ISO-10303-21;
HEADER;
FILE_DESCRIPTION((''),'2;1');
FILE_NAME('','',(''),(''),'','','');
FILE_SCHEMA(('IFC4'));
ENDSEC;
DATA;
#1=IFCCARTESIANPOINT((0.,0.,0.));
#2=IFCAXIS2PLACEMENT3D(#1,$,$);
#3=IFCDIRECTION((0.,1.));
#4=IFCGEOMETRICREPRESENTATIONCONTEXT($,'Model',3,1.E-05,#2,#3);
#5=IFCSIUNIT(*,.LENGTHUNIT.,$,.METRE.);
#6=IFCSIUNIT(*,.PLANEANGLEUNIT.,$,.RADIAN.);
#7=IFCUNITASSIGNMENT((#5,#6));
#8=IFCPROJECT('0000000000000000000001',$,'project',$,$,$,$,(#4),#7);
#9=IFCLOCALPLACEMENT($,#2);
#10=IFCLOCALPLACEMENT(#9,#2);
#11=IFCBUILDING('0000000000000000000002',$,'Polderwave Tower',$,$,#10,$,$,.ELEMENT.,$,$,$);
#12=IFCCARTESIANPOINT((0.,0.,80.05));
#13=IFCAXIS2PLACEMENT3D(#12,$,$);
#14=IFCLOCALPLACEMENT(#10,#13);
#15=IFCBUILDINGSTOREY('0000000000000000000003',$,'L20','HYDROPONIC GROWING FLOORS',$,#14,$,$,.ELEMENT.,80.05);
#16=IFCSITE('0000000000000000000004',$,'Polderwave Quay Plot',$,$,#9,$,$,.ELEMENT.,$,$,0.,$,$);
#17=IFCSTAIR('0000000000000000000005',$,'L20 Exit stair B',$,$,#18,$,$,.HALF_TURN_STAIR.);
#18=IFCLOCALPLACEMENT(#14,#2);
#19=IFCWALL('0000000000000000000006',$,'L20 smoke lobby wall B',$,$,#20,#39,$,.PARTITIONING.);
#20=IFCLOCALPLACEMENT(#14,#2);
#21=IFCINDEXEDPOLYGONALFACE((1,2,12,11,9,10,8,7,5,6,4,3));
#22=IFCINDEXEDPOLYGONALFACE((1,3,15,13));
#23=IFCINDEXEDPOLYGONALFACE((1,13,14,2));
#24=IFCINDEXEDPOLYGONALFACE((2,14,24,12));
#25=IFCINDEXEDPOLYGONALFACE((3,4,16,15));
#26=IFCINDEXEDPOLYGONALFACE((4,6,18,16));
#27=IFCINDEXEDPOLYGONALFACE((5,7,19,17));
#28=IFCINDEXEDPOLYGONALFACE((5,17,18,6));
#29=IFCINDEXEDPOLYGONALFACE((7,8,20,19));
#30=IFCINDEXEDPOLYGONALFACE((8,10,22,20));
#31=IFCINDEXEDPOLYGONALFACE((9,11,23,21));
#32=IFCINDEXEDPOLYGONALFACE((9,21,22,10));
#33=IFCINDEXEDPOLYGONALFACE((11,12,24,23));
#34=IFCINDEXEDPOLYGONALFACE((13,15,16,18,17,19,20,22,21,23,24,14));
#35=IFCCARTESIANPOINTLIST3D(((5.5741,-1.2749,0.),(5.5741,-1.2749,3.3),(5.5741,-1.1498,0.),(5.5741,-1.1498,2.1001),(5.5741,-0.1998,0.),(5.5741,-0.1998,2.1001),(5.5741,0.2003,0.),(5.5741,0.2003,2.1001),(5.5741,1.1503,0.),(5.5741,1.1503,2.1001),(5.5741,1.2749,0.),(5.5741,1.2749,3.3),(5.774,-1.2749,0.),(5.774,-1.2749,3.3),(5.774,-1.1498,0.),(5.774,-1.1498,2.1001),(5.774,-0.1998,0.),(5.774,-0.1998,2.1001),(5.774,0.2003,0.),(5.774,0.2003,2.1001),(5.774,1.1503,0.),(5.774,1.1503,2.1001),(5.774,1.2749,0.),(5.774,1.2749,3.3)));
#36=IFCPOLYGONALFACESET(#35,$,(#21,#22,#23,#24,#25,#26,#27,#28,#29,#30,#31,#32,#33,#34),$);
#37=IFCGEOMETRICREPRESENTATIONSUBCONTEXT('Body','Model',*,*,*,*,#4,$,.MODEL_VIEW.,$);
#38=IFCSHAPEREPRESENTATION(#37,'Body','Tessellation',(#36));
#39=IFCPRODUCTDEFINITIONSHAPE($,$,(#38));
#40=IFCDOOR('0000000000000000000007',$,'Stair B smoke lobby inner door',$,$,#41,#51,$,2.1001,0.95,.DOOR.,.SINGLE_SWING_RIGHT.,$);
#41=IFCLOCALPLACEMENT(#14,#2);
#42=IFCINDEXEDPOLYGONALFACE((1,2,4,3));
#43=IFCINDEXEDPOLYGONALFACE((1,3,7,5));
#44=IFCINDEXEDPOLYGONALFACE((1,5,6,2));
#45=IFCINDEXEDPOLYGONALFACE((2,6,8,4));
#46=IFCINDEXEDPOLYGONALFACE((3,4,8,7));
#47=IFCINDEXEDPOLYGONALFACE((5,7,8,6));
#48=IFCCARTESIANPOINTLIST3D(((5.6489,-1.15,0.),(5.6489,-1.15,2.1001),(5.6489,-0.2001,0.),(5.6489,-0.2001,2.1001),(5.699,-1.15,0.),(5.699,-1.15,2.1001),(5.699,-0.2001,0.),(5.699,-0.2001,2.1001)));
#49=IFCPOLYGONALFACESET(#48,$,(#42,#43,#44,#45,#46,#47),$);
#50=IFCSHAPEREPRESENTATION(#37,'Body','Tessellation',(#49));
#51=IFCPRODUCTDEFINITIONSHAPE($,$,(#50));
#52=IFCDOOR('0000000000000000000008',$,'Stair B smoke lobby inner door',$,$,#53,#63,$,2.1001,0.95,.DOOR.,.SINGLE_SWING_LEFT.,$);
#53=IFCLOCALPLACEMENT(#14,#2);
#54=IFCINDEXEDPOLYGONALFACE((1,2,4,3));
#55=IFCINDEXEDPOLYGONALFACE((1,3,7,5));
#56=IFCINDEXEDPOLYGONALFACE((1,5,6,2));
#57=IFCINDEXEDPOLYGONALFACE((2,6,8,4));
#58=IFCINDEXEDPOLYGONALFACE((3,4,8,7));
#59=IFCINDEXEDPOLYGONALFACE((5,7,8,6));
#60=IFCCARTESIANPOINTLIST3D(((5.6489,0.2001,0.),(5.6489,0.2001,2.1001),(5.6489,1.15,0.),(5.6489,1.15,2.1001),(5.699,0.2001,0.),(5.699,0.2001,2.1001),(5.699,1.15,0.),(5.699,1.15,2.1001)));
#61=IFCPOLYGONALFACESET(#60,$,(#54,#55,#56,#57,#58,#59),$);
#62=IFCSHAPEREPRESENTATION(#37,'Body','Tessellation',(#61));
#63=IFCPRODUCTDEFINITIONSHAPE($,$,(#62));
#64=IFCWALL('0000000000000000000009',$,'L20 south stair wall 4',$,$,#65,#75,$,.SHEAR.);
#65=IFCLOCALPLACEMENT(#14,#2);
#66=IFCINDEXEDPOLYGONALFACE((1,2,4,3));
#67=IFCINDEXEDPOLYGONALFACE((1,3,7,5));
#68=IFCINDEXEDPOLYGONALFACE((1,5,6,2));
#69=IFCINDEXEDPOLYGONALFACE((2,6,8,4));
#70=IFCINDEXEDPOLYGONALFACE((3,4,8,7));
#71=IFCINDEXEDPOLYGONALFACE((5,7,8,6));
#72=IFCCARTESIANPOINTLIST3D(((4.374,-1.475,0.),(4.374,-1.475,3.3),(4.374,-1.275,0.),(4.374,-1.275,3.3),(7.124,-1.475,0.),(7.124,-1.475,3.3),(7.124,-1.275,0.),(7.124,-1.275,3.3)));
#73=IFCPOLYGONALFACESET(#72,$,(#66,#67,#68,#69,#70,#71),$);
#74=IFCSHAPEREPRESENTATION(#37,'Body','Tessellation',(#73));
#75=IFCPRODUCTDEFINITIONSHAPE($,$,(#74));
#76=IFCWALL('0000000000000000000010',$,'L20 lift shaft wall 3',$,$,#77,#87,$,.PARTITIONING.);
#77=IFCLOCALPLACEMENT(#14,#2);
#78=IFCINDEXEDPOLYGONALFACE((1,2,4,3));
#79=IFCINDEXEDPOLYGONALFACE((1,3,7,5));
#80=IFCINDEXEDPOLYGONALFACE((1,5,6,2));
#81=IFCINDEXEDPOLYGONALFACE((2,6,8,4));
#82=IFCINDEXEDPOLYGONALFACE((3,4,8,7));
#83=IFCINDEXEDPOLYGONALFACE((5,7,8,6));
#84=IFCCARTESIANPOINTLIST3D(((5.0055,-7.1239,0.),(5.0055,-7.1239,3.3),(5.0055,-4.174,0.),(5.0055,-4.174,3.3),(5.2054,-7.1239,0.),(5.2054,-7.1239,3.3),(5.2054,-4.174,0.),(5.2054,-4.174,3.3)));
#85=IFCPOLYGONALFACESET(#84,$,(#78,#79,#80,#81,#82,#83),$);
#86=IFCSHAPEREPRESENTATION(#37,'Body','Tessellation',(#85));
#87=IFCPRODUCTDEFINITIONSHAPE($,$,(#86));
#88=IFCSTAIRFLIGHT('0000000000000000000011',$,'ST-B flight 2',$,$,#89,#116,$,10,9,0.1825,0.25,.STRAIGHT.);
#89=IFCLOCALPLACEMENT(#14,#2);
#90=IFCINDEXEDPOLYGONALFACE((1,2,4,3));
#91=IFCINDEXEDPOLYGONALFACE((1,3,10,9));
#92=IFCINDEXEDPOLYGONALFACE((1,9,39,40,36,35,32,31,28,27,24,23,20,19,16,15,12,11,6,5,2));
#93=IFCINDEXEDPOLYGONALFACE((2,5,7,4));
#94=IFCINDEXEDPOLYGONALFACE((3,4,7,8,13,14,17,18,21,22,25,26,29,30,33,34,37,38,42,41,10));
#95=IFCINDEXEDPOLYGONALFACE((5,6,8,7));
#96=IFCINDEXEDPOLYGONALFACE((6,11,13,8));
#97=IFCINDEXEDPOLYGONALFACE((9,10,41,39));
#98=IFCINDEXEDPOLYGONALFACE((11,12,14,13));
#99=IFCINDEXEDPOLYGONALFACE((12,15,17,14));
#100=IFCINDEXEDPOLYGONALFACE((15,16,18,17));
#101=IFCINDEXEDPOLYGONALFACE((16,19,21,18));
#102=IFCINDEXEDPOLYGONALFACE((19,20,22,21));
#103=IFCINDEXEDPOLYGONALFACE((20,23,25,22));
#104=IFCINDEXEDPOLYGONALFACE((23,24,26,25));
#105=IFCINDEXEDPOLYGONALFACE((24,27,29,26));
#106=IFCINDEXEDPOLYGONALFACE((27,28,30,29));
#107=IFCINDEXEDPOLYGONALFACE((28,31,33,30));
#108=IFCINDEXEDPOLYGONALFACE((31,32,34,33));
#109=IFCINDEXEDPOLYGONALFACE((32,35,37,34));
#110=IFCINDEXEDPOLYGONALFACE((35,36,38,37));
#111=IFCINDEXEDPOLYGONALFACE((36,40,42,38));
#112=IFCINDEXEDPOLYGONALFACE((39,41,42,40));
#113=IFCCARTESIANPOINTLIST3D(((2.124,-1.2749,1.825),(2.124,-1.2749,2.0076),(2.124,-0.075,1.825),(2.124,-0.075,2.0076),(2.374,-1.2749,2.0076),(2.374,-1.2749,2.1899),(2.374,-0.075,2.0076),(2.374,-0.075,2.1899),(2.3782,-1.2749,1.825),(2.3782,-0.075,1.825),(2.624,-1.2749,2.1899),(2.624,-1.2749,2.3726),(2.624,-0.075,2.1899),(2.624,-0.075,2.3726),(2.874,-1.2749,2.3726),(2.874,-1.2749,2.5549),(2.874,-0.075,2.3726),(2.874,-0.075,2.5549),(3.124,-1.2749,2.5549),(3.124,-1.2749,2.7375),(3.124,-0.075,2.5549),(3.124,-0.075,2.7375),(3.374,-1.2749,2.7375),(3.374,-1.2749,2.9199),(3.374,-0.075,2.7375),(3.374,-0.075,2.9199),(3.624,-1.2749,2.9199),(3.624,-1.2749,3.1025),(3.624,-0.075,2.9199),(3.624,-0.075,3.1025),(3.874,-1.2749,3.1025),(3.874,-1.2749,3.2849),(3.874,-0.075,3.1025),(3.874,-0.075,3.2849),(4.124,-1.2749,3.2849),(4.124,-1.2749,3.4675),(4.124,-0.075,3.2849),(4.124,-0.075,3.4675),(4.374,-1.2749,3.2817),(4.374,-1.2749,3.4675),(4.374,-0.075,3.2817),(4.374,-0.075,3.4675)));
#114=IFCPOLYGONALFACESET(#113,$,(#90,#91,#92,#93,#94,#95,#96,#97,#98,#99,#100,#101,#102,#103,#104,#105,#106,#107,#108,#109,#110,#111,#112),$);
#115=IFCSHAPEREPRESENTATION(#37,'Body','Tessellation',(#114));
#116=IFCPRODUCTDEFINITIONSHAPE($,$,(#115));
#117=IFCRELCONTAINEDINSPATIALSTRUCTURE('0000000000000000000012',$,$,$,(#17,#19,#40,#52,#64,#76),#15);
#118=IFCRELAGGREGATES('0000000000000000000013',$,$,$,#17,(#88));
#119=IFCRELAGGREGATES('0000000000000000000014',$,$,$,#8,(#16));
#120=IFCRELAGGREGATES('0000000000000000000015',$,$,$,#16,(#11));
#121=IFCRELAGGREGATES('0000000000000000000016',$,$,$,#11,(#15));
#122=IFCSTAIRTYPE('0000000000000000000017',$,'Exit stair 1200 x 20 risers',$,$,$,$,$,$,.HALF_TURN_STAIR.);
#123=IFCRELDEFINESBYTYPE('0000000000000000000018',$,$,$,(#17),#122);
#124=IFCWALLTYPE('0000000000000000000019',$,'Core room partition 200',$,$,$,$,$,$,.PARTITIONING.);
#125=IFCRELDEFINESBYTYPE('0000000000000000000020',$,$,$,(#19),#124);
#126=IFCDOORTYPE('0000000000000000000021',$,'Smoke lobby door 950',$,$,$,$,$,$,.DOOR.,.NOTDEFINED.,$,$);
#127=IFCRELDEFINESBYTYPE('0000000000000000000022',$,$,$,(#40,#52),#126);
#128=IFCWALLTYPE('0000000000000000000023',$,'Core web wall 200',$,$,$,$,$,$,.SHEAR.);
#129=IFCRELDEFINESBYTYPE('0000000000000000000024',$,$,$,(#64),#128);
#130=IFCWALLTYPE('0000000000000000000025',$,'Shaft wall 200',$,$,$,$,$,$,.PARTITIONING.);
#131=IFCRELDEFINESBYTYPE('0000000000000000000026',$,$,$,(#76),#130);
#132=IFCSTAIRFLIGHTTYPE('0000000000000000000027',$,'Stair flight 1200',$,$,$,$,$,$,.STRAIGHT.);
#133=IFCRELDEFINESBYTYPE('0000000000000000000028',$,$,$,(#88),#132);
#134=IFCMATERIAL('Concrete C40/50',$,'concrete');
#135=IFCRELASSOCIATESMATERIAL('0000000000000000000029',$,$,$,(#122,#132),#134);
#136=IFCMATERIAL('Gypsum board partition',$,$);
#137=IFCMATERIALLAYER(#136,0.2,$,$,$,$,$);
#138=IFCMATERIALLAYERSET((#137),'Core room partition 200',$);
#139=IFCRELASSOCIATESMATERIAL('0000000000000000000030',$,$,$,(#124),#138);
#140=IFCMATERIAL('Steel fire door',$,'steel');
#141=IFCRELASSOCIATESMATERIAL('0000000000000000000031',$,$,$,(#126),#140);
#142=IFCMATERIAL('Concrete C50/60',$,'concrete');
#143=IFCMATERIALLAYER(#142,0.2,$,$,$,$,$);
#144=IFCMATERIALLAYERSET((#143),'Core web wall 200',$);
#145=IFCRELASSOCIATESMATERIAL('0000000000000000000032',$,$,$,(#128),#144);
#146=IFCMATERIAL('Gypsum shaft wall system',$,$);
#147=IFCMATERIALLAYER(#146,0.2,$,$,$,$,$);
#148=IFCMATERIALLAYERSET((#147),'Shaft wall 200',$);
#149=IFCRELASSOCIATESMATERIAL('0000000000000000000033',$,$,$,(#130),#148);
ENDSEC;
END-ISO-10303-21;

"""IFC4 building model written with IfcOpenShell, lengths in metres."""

from ifc_helpers import new_model, si_unit, direction, frame, frame_2d, origin, place, context, subcontext, project, spatial, polyline, rectangle, outline, extrude, material, layer, layer_set, type_object, element, fill, aggregate, save


model = new_model("IFC4")

# Units and contexts
model_context = context("Model", 3, precision=1e-05, world=origin(), true_north=direction((0.0, 1.0)))
body_context = subcontext(model_context, "Body", "Model", "MODEL_VIEW")
ifc_project = project(units=[si_unit("LENGTHUNIT", "METRE"), si_unit("PLANEANGLEUNIT", "RADIAN")], contexts=[model_context])

# Site, building, storey
site_placement = place(None, origin())
site = spatial("IfcSite", under=ifc_project, at=site_placement, Name="Polderwave Quay Plot", CompositionType="ELEMENT", RefElevation=0.0)
building_placement = place(site_placement, origin())
building = spatial("IfcBuilding", under=site, at=building_placement, Name="Polderwave Tower", CompositionType="ELEMENT")
storey_placement = place(building_placement, frame((0.0, 0.0, 80.05)))
storey = spatial("IfcBuildingStorey", under=building, at=storey_placement, Name="L20", Description="HYDROPONIC GROWING FLOORS", CompositionType="ELEMENT", Elevation=80.05)

# Shared definitions
ifc_material_1 = material(Name="Concrete C40/50", Category="concrete")

# Stair
stair_type = type_object("IfcStairType", Name="Exit stair 1200 x 20 risers", PredefinedType="HALF_TURN_STAIR", material=ifc_material_1)
stair_1_placement = place(storey_placement, origin())
stair_1 = element("IfcStair", 1, at=stair_1_placement, inside=storey, type_object=stair_type, Name="L20 Exit stair B", PredefinedType="HALF_TURN_STAIR")

# Wall, openings, doors
ifc_material_2 = material(Name="Steel fire door", Category="steel")
ifc_material_3 = material(Name="Gypsum board partition")
ifc_layer_1 = layer(ifc_material_3, 0.2)
ifc_layer_set_1 = layer_set([ifc_layer_1], Name="Core room partition 200")
wall_type_1 = type_object("IfcWallType", Name="Core room partition 200", PredefinedType="PARTITIONING", material=ifc_layer_set_1)
wall_1_placement = place(storey_placement, frame((5.6741, -1.2749, 0.0), z_axis=(0.0, 0.0, 1.0), x_axis=(0.0, 1.0, 0.0)))
wall_1 = element("IfcWall", 2, at=wall_1_placement, inside=storey, type_object=wall_type_1, Name="L20 smoke lobby wall B", PredefinedType="PARTITIONING", context=body_context, shape_type="SweptSolid", body=[
    extrude(rectangle(XDim=2.5498, YDim=0.2, at=frame_2d((1.2749, 0.0))), origin(), (0.0, 0.0, 1.0), 3.3),
])
opening_1_placement = place(wall_1_placement, frame((0.125, 0.0, 0.0)))
opening_1 = element("IfcOpeningElement", 3, at=opening_1_placement, cuts=wall_1, PredefinedType="OPENING", context=body_context, shape_type="SweptSolid", body=[
    extrude(rectangle(XDim=0.95, YDim=2.1001, at=frame_2d((0.4751, 1.05))), frame((0.0, 0.1099, 0.0), z_axis=(0.0, -1.0, 0.0), x_axis=(1.0, 0.0, 0.0)), (0.0, 0.0, 1.0), 0.22),
])
opening_2_placement = place(wall_1_placement, frame((1.4751, 0.0, 0.0)))
opening_2 = element("IfcOpeningElement", 4, at=opening_2_placement, cuts=wall_1, PredefinedType="OPENING", context=body_context, shape_type="SweptSolid", body=[
    extrude(rectangle(XDim=0.95, YDim=2.1001, at=frame_2d((0.4751, 1.05))), frame((0.0, 0.1099, 0.0), z_axis=(0.0, -1.0, 0.0), x_axis=(1.0, 0.0, 0.0)), (0.0, 0.0, 1.0), 0.22),
])
door_type_1 = type_object("IfcDoorType", Name="Smoke lobby door 950", OperationType="NOTDEFINED", PredefinedType="DOOR", material=ifc_material_2)
door_1_placement = place(opening_1_placement, frame((0.95, 0.0, 0.0), z_axis=(0.0, 0.0, 1.0), x_axis=(-1.0, 0.0, 0.0)))
door_1 = element("IfcDoor", 5, at=door_1_placement, inside=storey, type_object=door_type_1, Name="Stair B smoke lobby inner door", OperationType="SINGLE_SWING_RIGHT", OverallHeight=2.1001, OverallWidth=0.95, PredefinedType="DOOR", context=body_context, shape_type="SweptSolid", body=[
    extrude(rectangle(XDim=0.95, YDim=2.1001, at=frame_2d((0.4751, 1.05))), frame((0.0, 0.0249, 0.0), z_axis=(0.0, -1.0, 0.0), x_axis=(1.0, 0.0, 0.0)), (0.0, 0.0, 1.0), 0.05),
])
fill(opening_1, door_1)
door_2_placement = place(opening_2_placement, frame((0.95, 0.0, 0.0), z_axis=(0.0, 0.0, 1.0), x_axis=(-1.0, 0.0, 0.0)))
door_2 = element("IfcDoor", 6, at=door_2_placement, inside=storey, type_object=door_type_1, Name="Stair B smoke lobby inner door", OperationType="SINGLE_SWING_LEFT", OverallHeight=2.1001, OverallWidth=0.95, PredefinedType="DOOR", context=body_context, shape_type="SweptSolid", body=[
    extrude(rectangle(XDim=0.95, YDim=2.1001, at=frame_2d((0.4751, 1.05))), frame((0.0, 0.0249, 0.0), z_axis=(0.0, -1.0, 0.0), x_axis=(1.0, 0.0, 0.0)), (0.0, 0.0, 1.0), 0.05),
])
fill(opening_2, door_2)

# Walls
ifc_material_4 = material(Name="Concrete C50/60", Category="concrete")
ifc_layer_2 = layer(ifc_material_4, 0.2)
ifc_layer_set_2 = layer_set([ifc_layer_2], Name="Core web wall 200")
wall_type_2 = type_object("IfcWallType", Name="Core web wall 200", PredefinedType="SHEAR", material=ifc_layer_set_2)
wall_2_placement = place(storey_placement, frame((4.374, -1.375, 0.0), z_axis=(0.0, 0.0, 1.0), x_axis=(1.0, 0.0, 0.0)))
element("IfcWall", 7, at=wall_2_placement, inside=storey, type_object=wall_type_2, Name="L20 south stair wall 4", PredefinedType="SHEAR", context=body_context, shape_type="SweptSolid", body=[
    extrude(rectangle(XDim=2.75, YDim=0.2, at=frame_2d((1.375, 0.0))), origin(), (0.0, 0.0, 1.0), 3.3),
])
ifc_material_5 = material(Name="Gypsum shaft wall system")
ifc_layer_3 = layer(ifc_material_5, 0.2)
ifc_layer_set_3 = layer_set([ifc_layer_3], Name="Shaft wall 200")
wall_type_3 = type_object("IfcWallType", Name="Shaft wall 200", PredefinedType="PARTITIONING", material=ifc_layer_set_3)
wall_3_placement = place(storey_placement, frame((5.1055, -7.124, 0.0), z_axis=(0.0, 0.0, 1.0), x_axis=(0.0, 1.0, 0.0)))
element("IfcWall", 8, at=wall_3_placement, inside=storey, type_object=wall_type_3, Name="L20 lift shaft wall 3", PredefinedType="PARTITIONING", context=body_context, shape_type="SweptSolid", body=[
    extrude(rectangle(XDim=2.95, YDim=0.2, at=frame_2d((1.4751, 0.0))), origin(), (0.0, 0.0, 1.0), 3.3),
])

# Stair flight
stair_flight_type = type_object("IfcStairFlightType", Name="Stair flight 1200", PredefinedType="STRAIGHT", material=ifc_material_1)
stair_flight_placement = place(storey_placement, frame((2.124, -0.675, 1.825), z_axis=(0.0, 0.0, 1.0), x_axis=(1.0, 0.0, 0.0)))
stair_flight = element("IfcStairFlight", 9, at=stair_flight_placement, type_object=stair_flight_type, Name="ST-B flight 2", NumberOfRisers=10, NumberOfTreads=9, PredefinedType="STRAIGHT", RiserHeight=0.1825, TreadLength=0.25, context=body_context, shape_type="SweptSolid", body=[
    extrude(outline(polyline([(0.0, 0.0), (0.0, 0.1826), (0.25, 0.1826), (0.25, 0.365), (0.5, 0.365), (0.5, 0.5476), (0.75, 0.5476), (0.75, 0.73), (1.0, 0.73), (1.0, 0.9126), (1.25, 0.9126), (1.25, 1.095), (1.5, 1.095), (1.5, 1.2776), (1.75, 1.2776), (1.75, 1.46), (2.0, 1.46), (2.0, 1.6426), (2.25, 1.6426), (2.25, 1.825), (2.25, 1.4568), (0.2542, 0.0), (0.0, 0.0)])), frame((0.0, 0.6001, 0.0), z_axis=(0.0, -1.0, 0.0), x_axis=(1.0, 0.0, 0.0)), (0.0, 0.0, 1.0), 1.2),
])
aggregate(stair_1, [stair_flight])

save(model, "model.ifc")
